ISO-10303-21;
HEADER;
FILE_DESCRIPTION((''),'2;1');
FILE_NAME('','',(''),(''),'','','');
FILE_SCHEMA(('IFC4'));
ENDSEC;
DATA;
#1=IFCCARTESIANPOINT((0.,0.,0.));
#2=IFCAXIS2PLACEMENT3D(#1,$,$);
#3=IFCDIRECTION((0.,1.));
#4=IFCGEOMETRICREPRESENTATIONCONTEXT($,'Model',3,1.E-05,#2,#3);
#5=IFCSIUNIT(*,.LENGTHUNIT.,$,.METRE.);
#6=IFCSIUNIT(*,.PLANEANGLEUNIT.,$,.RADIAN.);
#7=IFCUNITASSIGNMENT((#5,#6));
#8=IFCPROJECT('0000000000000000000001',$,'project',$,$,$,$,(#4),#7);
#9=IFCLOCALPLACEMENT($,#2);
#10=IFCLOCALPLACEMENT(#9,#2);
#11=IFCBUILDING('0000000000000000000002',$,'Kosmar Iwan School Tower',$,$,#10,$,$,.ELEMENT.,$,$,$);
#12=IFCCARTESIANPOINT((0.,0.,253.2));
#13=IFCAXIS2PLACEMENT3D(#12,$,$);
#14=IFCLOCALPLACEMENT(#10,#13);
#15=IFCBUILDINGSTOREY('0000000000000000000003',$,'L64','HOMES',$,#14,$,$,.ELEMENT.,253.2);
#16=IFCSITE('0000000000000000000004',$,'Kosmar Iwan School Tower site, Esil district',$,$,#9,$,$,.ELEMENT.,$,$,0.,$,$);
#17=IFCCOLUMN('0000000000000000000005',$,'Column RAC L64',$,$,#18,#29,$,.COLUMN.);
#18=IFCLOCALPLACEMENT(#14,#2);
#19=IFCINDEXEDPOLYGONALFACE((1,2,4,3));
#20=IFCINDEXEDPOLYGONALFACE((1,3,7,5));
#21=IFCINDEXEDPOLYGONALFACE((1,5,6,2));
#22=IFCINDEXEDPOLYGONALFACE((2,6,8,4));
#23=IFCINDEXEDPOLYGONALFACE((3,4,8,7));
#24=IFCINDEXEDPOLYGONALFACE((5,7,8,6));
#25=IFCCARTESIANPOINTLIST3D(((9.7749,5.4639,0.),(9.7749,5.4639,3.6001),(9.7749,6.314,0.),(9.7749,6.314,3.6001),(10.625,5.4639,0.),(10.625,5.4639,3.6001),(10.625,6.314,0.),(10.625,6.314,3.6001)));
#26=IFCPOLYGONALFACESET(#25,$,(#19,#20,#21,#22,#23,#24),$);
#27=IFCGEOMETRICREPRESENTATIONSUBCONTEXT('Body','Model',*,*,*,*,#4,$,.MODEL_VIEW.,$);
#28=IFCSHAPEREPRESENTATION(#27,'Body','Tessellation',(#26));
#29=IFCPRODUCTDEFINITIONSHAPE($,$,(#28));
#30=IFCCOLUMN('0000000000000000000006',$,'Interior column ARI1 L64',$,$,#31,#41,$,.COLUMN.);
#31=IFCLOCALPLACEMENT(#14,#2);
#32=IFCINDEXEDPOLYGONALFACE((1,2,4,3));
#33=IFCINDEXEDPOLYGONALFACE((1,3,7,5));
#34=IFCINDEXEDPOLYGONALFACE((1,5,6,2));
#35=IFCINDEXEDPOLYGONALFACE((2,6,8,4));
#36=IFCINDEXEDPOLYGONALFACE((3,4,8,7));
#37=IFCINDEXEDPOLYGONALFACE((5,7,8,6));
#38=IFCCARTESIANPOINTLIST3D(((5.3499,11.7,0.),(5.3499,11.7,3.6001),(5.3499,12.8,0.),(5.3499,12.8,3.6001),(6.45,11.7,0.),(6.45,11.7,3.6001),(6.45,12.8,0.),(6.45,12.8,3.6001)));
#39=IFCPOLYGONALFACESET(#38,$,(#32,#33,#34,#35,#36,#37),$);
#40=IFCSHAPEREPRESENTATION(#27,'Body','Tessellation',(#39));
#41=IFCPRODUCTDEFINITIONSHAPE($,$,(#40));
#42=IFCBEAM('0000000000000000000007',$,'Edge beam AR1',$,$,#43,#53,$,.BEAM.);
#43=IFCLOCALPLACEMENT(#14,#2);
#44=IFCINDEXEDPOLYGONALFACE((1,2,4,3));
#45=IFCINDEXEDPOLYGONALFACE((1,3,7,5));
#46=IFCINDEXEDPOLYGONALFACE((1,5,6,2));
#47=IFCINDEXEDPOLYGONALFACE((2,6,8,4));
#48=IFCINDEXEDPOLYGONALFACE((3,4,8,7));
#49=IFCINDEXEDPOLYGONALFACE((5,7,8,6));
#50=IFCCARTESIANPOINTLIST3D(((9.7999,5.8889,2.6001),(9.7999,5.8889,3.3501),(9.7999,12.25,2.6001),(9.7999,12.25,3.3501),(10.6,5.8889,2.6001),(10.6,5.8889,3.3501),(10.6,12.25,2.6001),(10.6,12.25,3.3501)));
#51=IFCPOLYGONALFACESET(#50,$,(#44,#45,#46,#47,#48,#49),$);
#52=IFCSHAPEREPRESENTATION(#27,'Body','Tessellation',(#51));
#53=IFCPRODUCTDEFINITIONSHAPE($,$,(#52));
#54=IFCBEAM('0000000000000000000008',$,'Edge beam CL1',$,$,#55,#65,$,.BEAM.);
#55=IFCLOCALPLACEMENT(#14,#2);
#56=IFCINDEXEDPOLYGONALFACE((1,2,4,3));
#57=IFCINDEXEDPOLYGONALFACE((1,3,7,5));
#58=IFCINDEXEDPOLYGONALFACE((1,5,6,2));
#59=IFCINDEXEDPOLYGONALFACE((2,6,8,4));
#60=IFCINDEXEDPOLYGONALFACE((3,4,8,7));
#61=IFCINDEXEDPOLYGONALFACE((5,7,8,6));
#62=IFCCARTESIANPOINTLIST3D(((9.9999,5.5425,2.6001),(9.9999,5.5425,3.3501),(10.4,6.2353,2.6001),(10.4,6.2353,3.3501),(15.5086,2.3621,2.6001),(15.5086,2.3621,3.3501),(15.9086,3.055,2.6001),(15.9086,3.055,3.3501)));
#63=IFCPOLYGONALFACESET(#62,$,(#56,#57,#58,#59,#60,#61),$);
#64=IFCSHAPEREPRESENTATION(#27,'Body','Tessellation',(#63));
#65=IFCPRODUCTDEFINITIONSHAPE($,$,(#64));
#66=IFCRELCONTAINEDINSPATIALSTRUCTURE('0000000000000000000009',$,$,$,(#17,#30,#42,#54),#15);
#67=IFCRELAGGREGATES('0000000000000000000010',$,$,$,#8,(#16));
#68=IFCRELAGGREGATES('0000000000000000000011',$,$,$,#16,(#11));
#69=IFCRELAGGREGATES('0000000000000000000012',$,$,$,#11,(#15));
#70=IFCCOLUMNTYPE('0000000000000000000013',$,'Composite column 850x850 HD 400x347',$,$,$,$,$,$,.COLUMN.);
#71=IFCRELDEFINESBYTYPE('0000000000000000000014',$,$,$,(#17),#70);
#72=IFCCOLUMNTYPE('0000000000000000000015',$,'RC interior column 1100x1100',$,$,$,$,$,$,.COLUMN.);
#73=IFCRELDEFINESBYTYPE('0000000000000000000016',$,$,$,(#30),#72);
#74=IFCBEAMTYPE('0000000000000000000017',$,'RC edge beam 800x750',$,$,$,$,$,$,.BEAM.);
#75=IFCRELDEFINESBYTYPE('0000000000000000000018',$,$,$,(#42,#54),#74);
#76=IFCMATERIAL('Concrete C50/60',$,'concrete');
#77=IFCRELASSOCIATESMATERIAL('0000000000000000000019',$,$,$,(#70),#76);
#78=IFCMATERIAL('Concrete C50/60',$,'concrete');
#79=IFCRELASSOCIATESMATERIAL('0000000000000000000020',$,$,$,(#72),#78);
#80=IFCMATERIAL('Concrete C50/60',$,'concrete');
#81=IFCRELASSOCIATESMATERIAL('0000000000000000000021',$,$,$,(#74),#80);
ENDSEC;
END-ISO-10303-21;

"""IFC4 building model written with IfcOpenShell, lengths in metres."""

from ifc_helpers import new_model, si_unit, direction, frame, origin, origin_2d, place, context, subcontext, project, spatial, rectangle, extrude, material, material_profile, profile_set, type_object, element, save


model = new_model("IFC4")

# Units and contexts
model_context = context("Model", 3, precision=1e-05, world=origin(), true_north=direction((0.0, 1.0)))
body_context = subcontext(model_context, "Body", "Model", "MODEL_VIEW")
ifc_project = project(units=[si_unit("LENGTHUNIT", "METRE"), si_unit("PLANEANGLEUNIT", "RADIAN")], contexts=[model_context])

# Site, building, storey
site_placement = place(None, origin())
site = spatial("IfcSite", under=ifc_project, at=site_placement, Name="Kosmar Iwan School Tower site, Esil district", CompositionType="ELEMENT", RefElevation=0.0)
building_placement = place(site_placement, origin())
building = spatial("IfcBuilding", under=site, at=building_placement, Name="Kosmar Iwan School Tower", CompositionType="ELEMENT")
storey_placement = place(building_placement, frame((0.0, 0.0, 253.2)))
storey = spatial("IfcBuildingStorey", under=building, at=storey_placement, Name="L64", Description="HOMES", CompositionType="ELEMENT", Elevation=253.2)

# Columns
ifc_material_1 = material(Name="Concrete C50/60", Category="concrete")
ifc_material_profile_1 = material_profile(ifc_material_1, rectangle(XDim=0.8501, YDim=0.8501, at=origin_2d()), Name="RC 850x850 + HD 400x347")
ifc_profile_set_1 = profile_set([ifc_material_profile_1], Name="Concrete C50/60")
column_type_1 = type_object("IfcColumnType", Name="Composite column 850x850 HD 400x347", PredefinedType="COLUMN", material=ifc_profile_set_1)
column_1_placement = place(storey_placement, frame((10.2, 5.8889, 0.0), z_axis=(0.0, 0.0, 1.0), x_axis=(1.0, 0.0, 0.0)))
element("IfcColumn", 1, at=column_1_placement, inside=storey, type_object=column_type_1, Name="Column RAC L64", PredefinedType="COLUMN", context=body_context, shape_type="SweptSolid", body=[
    extrude(rectangle(XDim=0.8501, YDim=0.8501, at=origin_2d()), origin(), (0.0, 0.0, 1.0), 3.6001),
])
ifc_material_2 = material(Name="Concrete C50/60", Category="concrete")
ifc_material_profile_2 = material_profile(ifc_material_2, rectangle(XDim=1.1001, YDim=1.1001, at=origin_2d()), Name="RC 1100x1100")
ifc_profile_set_2 = profile_set([ifc_material_profile_2], Name="Concrete C50/60")
column_type_2 = type_object("IfcColumnType", Name="RC interior column 1100x1100", PredefinedType="COLUMN", material=ifc_profile_set_2)
column_2_placement = place(storey_placement, frame((5.8999, 12.25, 0.0), z_axis=(0.0, 0.0, 1.0), x_axis=(0.0, 1.0, 0.0)))
element("IfcColumn", 2, at=column_2_placement, inside=storey, type_object=column_type_2, Name="Interior column ARI1 L64", PredefinedType="COLUMN", context=body_context, shape_type="SweptSolid", body=[
    extrude(rectangle(XDim=1.1001, YDim=1.1001, at=origin_2d()), origin(), (0.0, 0.0, 1.0), 3.6001),
])

# Beams
ifc_material_3 = material(Name="Concrete C50/60", Category="concrete")
ifc_material_profile_3 = material_profile(ifc_material_3, rectangle(XDim=0.8, YDim=0.75, at=origin_2d()), Name="RC 800x750")
ifc_profile_set_3 = profile_set([ifc_material_profile_3], Name="Concrete C50/60")
beam_type = type_object("IfcBeamType", Name="RC edge beam 800x750", PredefinedType="BEAM", material=ifc_profile_set_3)
beam_1_placement = place(storey_placement, frame((10.2, 5.8889, 2.9751), z_axis=(0.0, 1.0, 0.0), x_axis=(-1.0, 0.0, 0.0)))
element("IfcBeam", 3, at=beam_1_placement, inside=storey, type_object=beam_type, Name="Edge beam AR1", PredefinedType="BEAM", context=body_context, shape_type="SweptSolid", body=[
    extrude(rectangle(XDim=0.8, YDim=0.75, at=origin_2d()), origin(), (0.0, 0.0, 1.0), 6.3611),
])
beam_2_placement = place(storey_placement, frame((10.2, 5.8889, 2.9751), z_axis=(0.866031, -0.49999, 0.0), x_axis=(0.49999, 0.866031, 0.0)))
element("IfcBeam", 4, at=beam_2_placement, inside=storey, type_object=beam_type, Name="Edge beam CL1", PredefinedType="BEAM", context=body_context, shape_type="SweptSolid", body=[
    extrude(rectangle(XDim=0.8, YDim=0.75, at=origin_2d()), origin(), (0.0, 0.0, 1.0), 6.3608),
])

save(model, "model.ifc")
